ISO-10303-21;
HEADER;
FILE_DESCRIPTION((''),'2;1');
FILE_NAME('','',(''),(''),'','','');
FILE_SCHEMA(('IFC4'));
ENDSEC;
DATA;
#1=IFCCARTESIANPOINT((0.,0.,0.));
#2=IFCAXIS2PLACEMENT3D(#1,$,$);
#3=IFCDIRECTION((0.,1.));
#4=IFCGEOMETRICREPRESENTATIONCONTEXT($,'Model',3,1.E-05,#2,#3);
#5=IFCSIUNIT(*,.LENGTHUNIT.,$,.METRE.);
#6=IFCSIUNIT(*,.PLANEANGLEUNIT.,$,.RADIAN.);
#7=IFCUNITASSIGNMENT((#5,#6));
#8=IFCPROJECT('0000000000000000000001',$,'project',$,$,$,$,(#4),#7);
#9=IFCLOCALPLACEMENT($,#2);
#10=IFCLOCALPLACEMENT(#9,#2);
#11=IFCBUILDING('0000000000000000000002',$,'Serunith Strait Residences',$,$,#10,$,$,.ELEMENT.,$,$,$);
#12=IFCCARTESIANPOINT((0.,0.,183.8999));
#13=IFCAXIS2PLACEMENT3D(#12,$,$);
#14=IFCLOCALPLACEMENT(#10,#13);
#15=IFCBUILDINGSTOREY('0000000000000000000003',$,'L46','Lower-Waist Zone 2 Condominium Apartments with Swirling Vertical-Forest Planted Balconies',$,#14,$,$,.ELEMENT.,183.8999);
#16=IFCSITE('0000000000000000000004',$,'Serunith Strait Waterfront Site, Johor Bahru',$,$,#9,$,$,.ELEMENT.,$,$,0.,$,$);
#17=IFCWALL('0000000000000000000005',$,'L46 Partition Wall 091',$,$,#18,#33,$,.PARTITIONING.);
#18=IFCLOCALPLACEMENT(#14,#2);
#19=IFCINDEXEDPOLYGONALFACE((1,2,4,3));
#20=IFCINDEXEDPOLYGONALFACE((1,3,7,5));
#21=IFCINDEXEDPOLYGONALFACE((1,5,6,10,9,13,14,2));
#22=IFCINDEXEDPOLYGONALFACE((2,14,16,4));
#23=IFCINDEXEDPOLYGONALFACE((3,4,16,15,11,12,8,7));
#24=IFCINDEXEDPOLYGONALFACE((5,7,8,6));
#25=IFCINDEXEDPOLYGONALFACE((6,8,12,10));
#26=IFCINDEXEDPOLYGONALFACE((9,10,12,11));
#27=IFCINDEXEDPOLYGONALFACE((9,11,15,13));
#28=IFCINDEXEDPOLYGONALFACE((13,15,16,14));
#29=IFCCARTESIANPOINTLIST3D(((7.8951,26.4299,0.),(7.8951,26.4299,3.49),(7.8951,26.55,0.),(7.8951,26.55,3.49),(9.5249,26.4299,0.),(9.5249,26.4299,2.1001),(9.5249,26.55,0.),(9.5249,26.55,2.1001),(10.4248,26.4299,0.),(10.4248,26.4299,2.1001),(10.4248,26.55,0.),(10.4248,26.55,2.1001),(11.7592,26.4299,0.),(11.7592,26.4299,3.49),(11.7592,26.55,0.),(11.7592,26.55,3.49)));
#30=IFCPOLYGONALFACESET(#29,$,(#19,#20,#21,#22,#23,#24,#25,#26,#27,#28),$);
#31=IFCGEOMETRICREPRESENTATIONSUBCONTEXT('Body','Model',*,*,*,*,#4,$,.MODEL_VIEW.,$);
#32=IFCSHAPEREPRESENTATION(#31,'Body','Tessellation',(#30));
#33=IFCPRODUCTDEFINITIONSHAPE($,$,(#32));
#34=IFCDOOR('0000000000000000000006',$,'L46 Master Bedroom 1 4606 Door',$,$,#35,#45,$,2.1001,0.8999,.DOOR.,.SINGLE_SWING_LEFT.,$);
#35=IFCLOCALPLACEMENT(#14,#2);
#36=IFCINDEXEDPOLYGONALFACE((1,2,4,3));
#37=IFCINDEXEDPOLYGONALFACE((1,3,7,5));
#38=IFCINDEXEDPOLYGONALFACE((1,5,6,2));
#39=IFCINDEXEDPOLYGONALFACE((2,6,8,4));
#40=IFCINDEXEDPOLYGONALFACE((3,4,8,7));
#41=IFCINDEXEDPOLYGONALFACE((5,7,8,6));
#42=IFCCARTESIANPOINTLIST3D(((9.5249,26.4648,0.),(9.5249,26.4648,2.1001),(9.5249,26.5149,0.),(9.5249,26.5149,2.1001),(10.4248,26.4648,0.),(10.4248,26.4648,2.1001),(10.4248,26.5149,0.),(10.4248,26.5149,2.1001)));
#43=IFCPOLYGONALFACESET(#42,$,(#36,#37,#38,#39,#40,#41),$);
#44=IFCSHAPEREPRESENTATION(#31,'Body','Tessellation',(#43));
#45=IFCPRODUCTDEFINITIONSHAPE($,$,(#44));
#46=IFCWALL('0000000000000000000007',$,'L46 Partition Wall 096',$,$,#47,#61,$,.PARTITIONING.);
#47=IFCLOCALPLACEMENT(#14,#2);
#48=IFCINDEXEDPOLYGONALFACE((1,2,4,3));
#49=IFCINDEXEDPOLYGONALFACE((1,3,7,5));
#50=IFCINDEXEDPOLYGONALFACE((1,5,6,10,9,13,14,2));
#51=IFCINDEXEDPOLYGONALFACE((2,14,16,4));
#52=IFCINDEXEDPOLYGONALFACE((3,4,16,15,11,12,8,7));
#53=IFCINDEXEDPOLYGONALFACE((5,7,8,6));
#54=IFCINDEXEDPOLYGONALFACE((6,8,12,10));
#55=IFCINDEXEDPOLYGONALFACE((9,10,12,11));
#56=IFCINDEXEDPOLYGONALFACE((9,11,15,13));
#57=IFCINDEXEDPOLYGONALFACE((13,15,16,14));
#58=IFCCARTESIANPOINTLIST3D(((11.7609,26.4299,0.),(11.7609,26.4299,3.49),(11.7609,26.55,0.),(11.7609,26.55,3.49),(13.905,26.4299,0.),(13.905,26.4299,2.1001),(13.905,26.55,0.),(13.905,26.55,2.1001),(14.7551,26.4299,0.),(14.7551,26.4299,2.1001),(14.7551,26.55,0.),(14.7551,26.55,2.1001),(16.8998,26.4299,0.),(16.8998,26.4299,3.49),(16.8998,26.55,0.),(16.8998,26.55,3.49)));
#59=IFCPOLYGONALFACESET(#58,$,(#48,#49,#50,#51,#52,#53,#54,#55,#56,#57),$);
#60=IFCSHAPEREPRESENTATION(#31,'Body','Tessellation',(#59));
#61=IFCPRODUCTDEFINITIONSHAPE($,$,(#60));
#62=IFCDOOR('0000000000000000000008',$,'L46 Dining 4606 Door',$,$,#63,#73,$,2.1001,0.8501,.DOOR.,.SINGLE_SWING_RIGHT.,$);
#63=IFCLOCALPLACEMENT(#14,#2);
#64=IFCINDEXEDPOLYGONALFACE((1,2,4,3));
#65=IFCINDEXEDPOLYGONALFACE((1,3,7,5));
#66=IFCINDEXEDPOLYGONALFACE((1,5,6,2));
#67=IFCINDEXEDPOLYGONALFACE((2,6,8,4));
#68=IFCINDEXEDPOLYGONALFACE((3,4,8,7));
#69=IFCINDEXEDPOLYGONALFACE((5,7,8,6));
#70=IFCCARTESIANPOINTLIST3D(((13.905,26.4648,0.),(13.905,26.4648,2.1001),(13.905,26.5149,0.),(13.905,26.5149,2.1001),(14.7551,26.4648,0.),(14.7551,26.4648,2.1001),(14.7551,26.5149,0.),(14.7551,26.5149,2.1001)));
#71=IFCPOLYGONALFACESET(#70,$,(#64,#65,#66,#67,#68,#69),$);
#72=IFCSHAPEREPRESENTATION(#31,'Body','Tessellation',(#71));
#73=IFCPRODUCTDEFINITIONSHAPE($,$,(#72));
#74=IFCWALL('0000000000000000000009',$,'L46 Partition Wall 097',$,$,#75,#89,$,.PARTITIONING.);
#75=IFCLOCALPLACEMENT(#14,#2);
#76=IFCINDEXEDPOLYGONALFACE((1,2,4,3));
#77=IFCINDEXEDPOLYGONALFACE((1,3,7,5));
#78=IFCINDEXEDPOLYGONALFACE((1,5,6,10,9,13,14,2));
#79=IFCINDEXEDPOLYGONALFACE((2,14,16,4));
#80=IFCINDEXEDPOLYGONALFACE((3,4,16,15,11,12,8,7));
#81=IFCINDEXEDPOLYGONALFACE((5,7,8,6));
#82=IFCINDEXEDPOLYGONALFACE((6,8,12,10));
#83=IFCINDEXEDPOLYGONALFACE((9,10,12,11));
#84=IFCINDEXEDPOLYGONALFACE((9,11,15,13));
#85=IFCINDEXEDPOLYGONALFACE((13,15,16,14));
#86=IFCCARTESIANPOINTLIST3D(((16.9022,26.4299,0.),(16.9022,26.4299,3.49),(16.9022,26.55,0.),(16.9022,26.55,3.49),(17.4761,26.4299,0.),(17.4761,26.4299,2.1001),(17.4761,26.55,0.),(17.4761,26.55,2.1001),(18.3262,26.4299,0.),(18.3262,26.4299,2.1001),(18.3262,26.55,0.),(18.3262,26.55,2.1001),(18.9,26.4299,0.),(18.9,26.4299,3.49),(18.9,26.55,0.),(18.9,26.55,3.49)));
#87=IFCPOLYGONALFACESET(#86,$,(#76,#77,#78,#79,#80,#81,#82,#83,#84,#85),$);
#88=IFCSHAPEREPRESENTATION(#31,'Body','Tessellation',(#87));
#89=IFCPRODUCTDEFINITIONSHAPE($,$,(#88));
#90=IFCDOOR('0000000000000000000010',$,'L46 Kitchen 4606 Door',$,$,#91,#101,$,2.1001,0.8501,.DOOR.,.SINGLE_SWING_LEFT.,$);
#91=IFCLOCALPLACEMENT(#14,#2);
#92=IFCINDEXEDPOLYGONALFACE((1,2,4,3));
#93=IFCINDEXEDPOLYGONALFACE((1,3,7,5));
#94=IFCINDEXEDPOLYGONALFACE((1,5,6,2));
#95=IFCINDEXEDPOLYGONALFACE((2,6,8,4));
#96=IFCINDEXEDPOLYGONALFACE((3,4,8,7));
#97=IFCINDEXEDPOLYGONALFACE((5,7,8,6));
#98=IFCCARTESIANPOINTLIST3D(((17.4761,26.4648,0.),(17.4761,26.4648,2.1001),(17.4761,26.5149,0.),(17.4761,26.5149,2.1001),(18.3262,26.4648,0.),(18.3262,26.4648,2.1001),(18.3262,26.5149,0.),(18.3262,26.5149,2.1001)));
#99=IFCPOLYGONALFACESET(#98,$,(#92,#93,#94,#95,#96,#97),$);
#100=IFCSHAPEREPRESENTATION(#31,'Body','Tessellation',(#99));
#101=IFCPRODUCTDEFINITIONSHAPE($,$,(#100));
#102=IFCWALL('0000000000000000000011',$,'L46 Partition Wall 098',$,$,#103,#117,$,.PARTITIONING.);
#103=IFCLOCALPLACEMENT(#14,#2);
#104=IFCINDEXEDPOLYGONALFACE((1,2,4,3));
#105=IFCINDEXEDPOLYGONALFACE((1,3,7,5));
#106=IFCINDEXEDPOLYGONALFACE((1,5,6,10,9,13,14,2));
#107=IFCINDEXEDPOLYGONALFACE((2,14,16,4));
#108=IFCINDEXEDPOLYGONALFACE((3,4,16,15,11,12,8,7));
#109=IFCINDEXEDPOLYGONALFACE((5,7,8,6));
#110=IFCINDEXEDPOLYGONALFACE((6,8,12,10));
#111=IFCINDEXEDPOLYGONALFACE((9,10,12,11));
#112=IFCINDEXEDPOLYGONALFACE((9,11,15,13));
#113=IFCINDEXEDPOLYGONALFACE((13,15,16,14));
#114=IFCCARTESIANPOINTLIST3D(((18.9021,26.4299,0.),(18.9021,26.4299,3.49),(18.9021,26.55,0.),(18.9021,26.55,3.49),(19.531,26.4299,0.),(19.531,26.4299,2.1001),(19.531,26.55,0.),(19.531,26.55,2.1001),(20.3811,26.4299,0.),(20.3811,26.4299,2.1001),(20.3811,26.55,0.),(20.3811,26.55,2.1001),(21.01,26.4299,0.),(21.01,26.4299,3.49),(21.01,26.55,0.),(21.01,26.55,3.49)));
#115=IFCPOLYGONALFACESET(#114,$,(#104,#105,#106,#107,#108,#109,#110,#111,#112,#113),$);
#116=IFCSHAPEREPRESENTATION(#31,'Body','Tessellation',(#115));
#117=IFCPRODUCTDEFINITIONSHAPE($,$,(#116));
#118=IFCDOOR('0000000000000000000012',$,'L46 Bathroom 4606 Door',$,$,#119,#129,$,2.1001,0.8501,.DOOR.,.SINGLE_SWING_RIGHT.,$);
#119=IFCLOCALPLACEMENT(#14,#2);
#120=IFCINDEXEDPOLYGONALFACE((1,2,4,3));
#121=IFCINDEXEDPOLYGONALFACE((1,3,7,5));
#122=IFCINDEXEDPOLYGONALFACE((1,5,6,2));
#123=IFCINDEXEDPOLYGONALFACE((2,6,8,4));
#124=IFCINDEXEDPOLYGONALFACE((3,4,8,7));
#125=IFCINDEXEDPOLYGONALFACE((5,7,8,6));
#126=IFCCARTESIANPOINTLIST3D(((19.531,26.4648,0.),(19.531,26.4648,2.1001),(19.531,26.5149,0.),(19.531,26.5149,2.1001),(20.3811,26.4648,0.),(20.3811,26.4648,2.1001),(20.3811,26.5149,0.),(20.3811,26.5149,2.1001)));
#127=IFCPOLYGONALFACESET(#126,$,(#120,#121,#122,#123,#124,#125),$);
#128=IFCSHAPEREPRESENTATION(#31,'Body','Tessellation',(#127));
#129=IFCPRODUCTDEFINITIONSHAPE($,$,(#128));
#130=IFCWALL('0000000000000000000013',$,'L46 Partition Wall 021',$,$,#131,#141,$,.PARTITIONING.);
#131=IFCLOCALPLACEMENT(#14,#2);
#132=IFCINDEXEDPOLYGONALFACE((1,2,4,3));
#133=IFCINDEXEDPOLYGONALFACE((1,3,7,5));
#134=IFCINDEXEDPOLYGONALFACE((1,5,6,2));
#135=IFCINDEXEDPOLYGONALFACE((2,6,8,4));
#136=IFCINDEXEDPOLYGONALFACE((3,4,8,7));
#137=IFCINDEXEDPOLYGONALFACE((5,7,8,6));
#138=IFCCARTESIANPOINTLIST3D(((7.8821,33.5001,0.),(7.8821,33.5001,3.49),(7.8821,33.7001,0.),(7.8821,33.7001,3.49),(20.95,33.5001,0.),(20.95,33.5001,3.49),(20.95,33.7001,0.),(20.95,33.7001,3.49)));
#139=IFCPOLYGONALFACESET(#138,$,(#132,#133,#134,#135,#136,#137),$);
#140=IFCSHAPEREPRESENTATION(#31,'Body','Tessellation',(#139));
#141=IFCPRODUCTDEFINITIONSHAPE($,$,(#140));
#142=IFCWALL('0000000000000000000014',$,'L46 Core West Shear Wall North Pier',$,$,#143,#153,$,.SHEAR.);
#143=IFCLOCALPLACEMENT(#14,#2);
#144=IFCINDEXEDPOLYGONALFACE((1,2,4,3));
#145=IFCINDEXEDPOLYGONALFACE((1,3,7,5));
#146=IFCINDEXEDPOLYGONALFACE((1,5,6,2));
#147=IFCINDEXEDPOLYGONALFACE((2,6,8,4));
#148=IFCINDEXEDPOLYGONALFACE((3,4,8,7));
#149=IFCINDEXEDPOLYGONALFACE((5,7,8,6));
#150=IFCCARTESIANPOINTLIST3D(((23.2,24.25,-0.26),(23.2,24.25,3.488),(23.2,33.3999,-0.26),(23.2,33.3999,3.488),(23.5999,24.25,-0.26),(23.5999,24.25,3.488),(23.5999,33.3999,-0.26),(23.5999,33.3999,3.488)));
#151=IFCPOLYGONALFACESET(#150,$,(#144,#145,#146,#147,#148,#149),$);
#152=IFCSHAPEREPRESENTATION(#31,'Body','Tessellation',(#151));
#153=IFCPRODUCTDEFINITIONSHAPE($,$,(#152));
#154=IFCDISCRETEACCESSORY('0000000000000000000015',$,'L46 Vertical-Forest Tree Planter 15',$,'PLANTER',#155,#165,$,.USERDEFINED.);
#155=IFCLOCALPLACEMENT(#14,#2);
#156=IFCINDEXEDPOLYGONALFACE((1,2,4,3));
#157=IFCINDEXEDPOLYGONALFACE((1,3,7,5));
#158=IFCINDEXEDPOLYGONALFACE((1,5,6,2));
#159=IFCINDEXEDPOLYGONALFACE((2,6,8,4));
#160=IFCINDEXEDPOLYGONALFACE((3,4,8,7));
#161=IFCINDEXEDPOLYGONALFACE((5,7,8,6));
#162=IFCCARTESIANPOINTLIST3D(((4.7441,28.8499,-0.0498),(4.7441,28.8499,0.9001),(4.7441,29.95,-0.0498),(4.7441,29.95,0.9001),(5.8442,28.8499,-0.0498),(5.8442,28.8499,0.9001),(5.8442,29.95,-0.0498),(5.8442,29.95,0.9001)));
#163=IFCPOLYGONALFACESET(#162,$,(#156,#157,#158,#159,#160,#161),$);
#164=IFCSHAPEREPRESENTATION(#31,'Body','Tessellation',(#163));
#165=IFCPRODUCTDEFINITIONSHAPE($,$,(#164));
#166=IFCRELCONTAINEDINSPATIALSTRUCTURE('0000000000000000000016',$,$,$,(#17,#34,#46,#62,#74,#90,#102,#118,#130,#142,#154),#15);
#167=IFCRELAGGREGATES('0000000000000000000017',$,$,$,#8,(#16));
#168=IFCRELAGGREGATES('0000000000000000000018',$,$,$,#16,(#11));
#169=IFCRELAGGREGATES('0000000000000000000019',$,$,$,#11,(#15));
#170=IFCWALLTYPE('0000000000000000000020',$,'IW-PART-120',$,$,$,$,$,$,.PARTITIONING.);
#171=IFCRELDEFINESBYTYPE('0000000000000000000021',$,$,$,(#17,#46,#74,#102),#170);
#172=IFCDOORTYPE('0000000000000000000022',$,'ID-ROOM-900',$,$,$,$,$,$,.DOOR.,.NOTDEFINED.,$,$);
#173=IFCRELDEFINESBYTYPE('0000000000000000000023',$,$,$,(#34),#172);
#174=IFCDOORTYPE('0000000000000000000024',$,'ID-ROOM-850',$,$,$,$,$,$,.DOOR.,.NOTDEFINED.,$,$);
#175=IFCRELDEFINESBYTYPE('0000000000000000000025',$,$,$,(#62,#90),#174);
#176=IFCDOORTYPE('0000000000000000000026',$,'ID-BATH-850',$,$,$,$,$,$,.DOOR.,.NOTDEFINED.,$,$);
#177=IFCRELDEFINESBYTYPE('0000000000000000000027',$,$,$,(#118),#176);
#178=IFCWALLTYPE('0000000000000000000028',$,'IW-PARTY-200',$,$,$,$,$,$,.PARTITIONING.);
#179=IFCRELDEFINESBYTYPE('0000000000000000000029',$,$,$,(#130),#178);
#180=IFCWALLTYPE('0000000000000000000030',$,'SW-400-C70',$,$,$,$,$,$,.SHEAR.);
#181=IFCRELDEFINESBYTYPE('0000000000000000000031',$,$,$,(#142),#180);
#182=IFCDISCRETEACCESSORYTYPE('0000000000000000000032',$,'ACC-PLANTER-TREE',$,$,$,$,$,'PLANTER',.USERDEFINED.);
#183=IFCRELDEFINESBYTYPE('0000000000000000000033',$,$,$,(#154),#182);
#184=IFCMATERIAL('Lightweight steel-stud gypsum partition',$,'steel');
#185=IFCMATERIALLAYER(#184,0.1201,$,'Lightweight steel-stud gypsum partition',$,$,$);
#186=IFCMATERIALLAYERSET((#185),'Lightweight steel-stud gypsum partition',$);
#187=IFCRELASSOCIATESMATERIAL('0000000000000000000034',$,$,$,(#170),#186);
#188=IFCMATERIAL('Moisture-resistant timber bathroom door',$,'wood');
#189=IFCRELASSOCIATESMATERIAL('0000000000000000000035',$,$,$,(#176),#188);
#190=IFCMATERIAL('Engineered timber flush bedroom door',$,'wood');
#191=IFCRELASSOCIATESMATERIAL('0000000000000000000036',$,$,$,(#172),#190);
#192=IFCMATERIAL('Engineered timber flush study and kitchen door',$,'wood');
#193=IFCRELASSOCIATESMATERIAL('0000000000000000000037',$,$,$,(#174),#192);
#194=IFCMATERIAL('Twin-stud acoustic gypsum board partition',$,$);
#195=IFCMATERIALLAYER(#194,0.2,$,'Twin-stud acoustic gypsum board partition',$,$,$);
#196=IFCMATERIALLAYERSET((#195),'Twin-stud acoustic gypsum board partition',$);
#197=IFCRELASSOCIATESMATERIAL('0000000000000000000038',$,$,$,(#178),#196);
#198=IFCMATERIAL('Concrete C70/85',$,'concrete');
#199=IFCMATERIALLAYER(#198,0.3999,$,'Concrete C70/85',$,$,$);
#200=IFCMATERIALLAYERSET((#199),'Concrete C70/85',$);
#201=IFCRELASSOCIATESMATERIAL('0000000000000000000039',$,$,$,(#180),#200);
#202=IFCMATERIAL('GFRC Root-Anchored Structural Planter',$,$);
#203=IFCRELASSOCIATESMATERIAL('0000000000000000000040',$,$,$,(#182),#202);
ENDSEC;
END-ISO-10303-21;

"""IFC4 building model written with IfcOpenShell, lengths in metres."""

from ifc_helpers import new_model, si_unit, direction, frame, frame_2d, origin, origin_2d, place, context, subcontext, project, spatial, rectangle, extrude, source, transform, mapped, material, layer, layer_set, type_object, element, fill, save


model = new_model("IFC4")

# Units and contexts
model_context = context("Model", 3, precision=1e-05, world=origin(), true_north=direction((0.0, 1.0)))
body_context = subcontext(model_context, "Body", "Model", "MODEL_VIEW")
ifc_project = project(units=[si_unit("LENGTHUNIT", "METRE"), si_unit("PLANEANGLEUNIT", "RADIAN")], contexts=[model_context])

# Site, building, storey
site_placement = place(None, origin())
site = spatial("IfcSite", under=ifc_project, at=site_placement, Name="Serunith Strait Waterfront Site, Johor Bahru", CompositionType="ELEMENT", RefElevation=0.0)
building_placement = place(site_placement, origin())
building = spatial("IfcBuilding", under=site, at=building_placement, Name="Serunith Strait Residences", CompositionType="ELEMENT")
storey_placement = place(building_placement, frame((0.0, 0.0, 183.8999)))
storey = spatial("IfcBuildingStorey", under=building, at=storey_placement, Name="L46", Description="Lower-Waist Zone 2 Condominium Apartments with Swirling Vertical-Forest Planted Balconies", CompositionType="ELEMENT", Elevation=183.8999)

# Walls, openings, doors
ifc_material_1 = material(Name="Lightweight steel-stud gypsum partition", Category="steel")
ifc_layer_1 = layer(ifc_material_1, 0.1201, Name="Lightweight steel-stud gypsum partition")
ifc_layer_set_1 = layer_set([ifc_layer_1], Name="Lightweight steel-stud gypsum partition")
wall_type_1 = type_object("IfcWallType", Name="IW-PART-120", PredefinedType="PARTITIONING", material=ifc_layer_set_1)
ifc_material_2 = material(Name="Moisture-resistant timber bathroom door", Category="wood")
door_type_1 = type_object("IfcDoorType", Name="ID-BATH-850", OperationType="NOTDEFINED", PredefinedType="DOOR", material=ifc_material_2)
shared_shape_1 = source(origin(), body_context, "Body", "SweptSolid", [
    extrude(rectangle(XDim=0.8501, YDim=2.1001, at=frame_2d((0.425, 1.05))), frame((0.0, 0.0249, 0.0), z_axis=(0.0, -1.0, 0.0), x_axis=(1.0, 0.0, 0.0)), (0.0, 0.0, 1.0), 0.05),
])
wall_1_placement = place(storey_placement, frame((7.895, 26.49, 0.0), z_axis=(0.0, 0.0, 1.0), x_axis=(1.0, 0.0, 0.0)))
wall_1 = element("IfcWall", 1, at=wall_1_placement, inside=storey, type_object=wall_type_1, Name="L46 Partition Wall 091", PredefinedType="PARTITIONING", context=body_context, shape_type="SweptSolid", body=[
    extrude(rectangle(XDim=3.864, YDim=0.1201, at=frame_2d((1.9321, 0.0))), origin(), (0.0, 0.0, 1.0), 3.49),
])
opening_1_placement = place(wall_1_placement, frame((1.6299, 0.0, 0.0)))
opening_1 = element("IfcOpeningElement", 2, at=opening_1_placement, cuts=wall_1, PredefinedType="OPENING", context=body_context, shape_type="SweptSolid", body=[
    extrude(rectangle(XDim=0.8999, YDim=2.1001, at=frame_2d((0.45, 1.05))), frame((0.0, 0.0701, 0.0), z_axis=(0.0, -1.0, 0.0), x_axis=(1.0, 0.0, 0.0)), (0.0, 0.0, 1.0), 0.1401),
])
ifc_material_3 = material(Name="Engineered timber flush bedroom door", Category="wood")
door_type_2 = type_object("IfcDoorType", Name="ID-ROOM-900", OperationType="NOTDEFINED", PredefinedType="DOOR", material=ifc_material_3)
shared_shape_2 = source(origin(), body_context, "Body", "SweptSolid", [
    extrude(rectangle(XDim=0.8999, YDim=2.1001, at=frame_2d((0.45, 1.05))), frame((0.0, 0.0249, 0.0), z_axis=(0.0, -1.0, 0.0), x_axis=(1.0, 0.0, 0.0)), (0.0, 0.0, 1.0), 0.05),
])
door_1_placement = place(opening_1_placement, origin())
door_1 = element("IfcDoor", 3, at=door_1_placement, inside=storey, type_object=door_type_2, Name="L46 Master Bedroom 1 4606 Door", OperationType="SINGLE_SWING_LEFT", OverallHeight=2.1001, OverallWidth=0.8999, PredefinedType="DOOR", context=body_context, shape_type="MappedRepresentation", body=[
    mapped(shared_shape_2, transform((0.0, 0.0, 0.0), scale=1.0)),
])
fill(opening_1, door_1)
wall_2_placement = place(storey_placement, frame((11.761, 26.49, 0.0), z_axis=(0.0, 0.0, 1.0), x_axis=(1.0, 0.0, 0.0)))
wall_2 = element("IfcWall", 4, at=wall_2_placement, inside=storey, type_object=wall_type_1, Name="L46 Partition Wall 096", PredefinedType="PARTITIONING", context=body_context, shape_type="SweptSolid", body=[
    extrude(rectangle(XDim=5.1389, YDim=0.1201, at=frame_2d((2.5693, 0.0))), origin(), (0.0, 0.0, 1.0), 3.49),
])
opening_2_placement = place(wall_2_placement, frame((2.144, 0.0, 0.0)))
opening_2 = element("IfcOpeningElement", 5, at=opening_2_placement, cuts=wall_2, PredefinedType="OPENING", context=body_context, shape_type="SweptSolid", body=[
    extrude(rectangle(XDim=0.8501, YDim=2.1001, at=frame_2d((0.425, 1.05))), frame((0.0, 0.0701, 0.0), z_axis=(0.0, -1.0, 0.0), x_axis=(1.0, 0.0, 0.0)), (0.0, 0.0, 1.0), 0.1401),
])
ifc_material_4 = material(Name="Engineered timber flush study and kitchen door", Category="wood")
door_type_3 = type_object("IfcDoorType", Name="ID-ROOM-850", OperationType="NOTDEFINED", PredefinedType="DOOR", material=ifc_material_4)
door_2_placement = place(opening_2_placement, origin())
door_2 = element("IfcDoor", 6, at=door_2_placement, inside=storey, type_object=door_type_3, Name="L46 Dining 4606 Door", OperationType="SINGLE_SWING_RIGHT", OverallHeight=2.1001, OverallWidth=0.8501, PredefinedType="DOOR", context=body_context, shape_type="MappedRepresentation", body=[
    mapped(shared_shape_1, transform((0.0, 0.0, 0.0), scale=1.0)),
])
fill(opening_2, door_2)
wall_3_placement = place(storey_placement, frame((16.9021, 26.49, 0.0), z_axis=(0.0, 0.0, 1.0), x_axis=(1.0, 0.0, 0.0)))
wall_3 = element("IfcWall", 7, at=wall_3_placement, inside=storey, type_object=wall_type_1, Name="L46 Partition Wall 097", PredefinedType="PARTITIONING", context=body_context, shape_type="SweptSolid", body=[
    extrude(rectangle(XDim=1.9978, YDim=0.1201, at=frame_2d((0.999, 0.0))), origin(), (0.0, 0.0, 1.0), 3.49),
])
opening_3_placement = place(wall_3_placement, frame((0.574, 0.0, 0.0)))
opening_3 = element("IfcOpeningElement", 8, at=opening_3_placement, cuts=wall_3, PredefinedType="OPENING", context=body_context, shape_type="SweptSolid", body=[
    extrude(rectangle(XDim=0.8501, YDim=2.1001, at=frame_2d((0.425, 1.05))), frame((0.0, 0.0701, 0.0), z_axis=(0.0, -1.0, 0.0), x_axis=(1.0, 0.0, 0.0)), (0.0, 0.0, 1.0), 0.1401),
])
door_3_placement = place(opening_3_placement, origin())
door_3 = element("IfcDoor", 9, at=door_3_placement, inside=storey, type_object=door_type_3, Name="L46 Kitchen 4606 Door", OperationType="SINGLE_SWING_LEFT", OverallHeight=2.1001, OverallWidth=0.8501, PredefinedType="DOOR", context=body_context, shape_type="MappedRepresentation", body=[
    mapped(shared_shape_1, transform((0.0, 0.0, 0.0), scale=1.0)),
])
fill(opening_3, door_3)
wall_4_placement = place(storey_placement, frame((18.9021, 26.49, 0.0), z_axis=(0.0, 0.0, 1.0), x_axis=(1.0, 0.0, 0.0)))
wall_4 = element("IfcWall", 10, at=wall_4_placement, inside=storey, type_object=wall_type_1, Name="L46 Partition Wall 098", PredefinedType="PARTITIONING", context=body_context, shape_type="SweptSolid", body=[
    extrude(rectangle(XDim=2.1079, YDim=0.1201, at=frame_2d((1.054, 0.0))), origin(), (0.0, 0.0, 1.0), 3.49),
])
opening_4_placement = place(wall_4_placement, frame((0.6289, 0.0, 0.0)))
opening_4 = element("IfcOpeningElement", 11, at=opening_4_placement, cuts=wall_4, PredefinedType="OPENING", context=body_context, shape_type="SweptSolid", body=[
    extrude(rectangle(XDim=0.8501, YDim=2.1001, at=frame_2d((0.425, 1.05))), frame((0.0, 0.0701, 0.0), z_axis=(0.0, -1.0, 0.0), x_axis=(1.0, 0.0, 0.0)), (0.0, 0.0, 1.0), 0.1401),
])
door_4_placement = place(opening_4_placement, origin())
door_4 = element("IfcDoor", 12, at=door_4_placement, inside=storey, type_object=door_type_1, Name="L46 Bathroom 4606 Door", OperationType="SINGLE_SWING_RIGHT", OverallHeight=2.1001, OverallWidth=0.8501, PredefinedType="DOOR", context=body_context, shape_type="MappedRepresentation", body=[
    mapped(shared_shape_1, transform((0.0, 0.0, 0.0), scale=1.0)),
])
fill(opening_4, door_4)

# Wall
ifc_material_5 = material(Name="Twin-stud acoustic gypsum board partition")
ifc_layer_2 = layer(ifc_material_5, 0.2, Name="Twin-stud acoustic gypsum board partition")
ifc_layer_set_2 = layer_set([ifc_layer_2], Name="Twin-stud acoustic gypsum board partition")
wall_type_2 = type_object("IfcWallType", Name="IW-PARTY-200", PredefinedType="PARTITIONING", material=ifc_layer_set_2)
wall_5_placement = place(storey_placement, frame((7.8821, 33.6001, 0.0), z_axis=(0.0, 0.0, 1.0), x_axis=(1.0, 0.0, 0.0)))
element("IfcWall", 13, at=wall_5_placement, inside=storey, type_object=wall_type_2, Name="L46 Partition Wall 021", PredefinedType="PARTITIONING", context=body_context, shape_type="SweptSolid", body=[
    extrude(rectangle(XDim=13.0679, YDim=0.2, at=frame_2d((6.5339, 0.0))), origin(), (0.0, 0.0, 1.0), 3.49),
])

# Wall
ifc_material_6 = material(Name="Concrete C70/85", Category="concrete")
ifc_layer_3 = layer(ifc_material_6, 0.3999, Name="Concrete C70/85")
ifc_layer_set_3 = layer_set([ifc_layer_3], Name="Concrete C70/85")
wall_type_3 = type_object("IfcWallType", Name="SW-400-C70", PredefinedType="SHEAR", material=ifc_layer_set_3)
wall_6_placement = place(storey_placement, frame((23.3999, 24.25, -0.26), z_axis=(0.0, 0.0, 1.0), x_axis=(0.0, 1.0, 0.0)))
element("IfcWall", 14, at=wall_6_placement, inside=storey, type_object=wall_type_3, Name="L46 Core West Shear Wall North Pier", PredefinedType="SHEAR", context=body_context, shape_type="SweptSolid", body=[
    extrude(rectangle(XDim=9.1499, YDim=0.3999, at=frame_2d((4.575, 0.0))), origin(), (0.0, 0.0, 1.0), 3.748),
])

# Discrete accessory
ifc_material_7 = material(Name="GFRC Root-Anchored Structural Planter")
discrete_accessory_type = type_object("IfcDiscreteAccessoryType", Name="ACC-PLANTER-TREE", ElementType="PLANTER", PredefinedType="USERDEFINED", material=ifc_material_7)
shared_shape_3 = source(origin(), body_context, "Body", "SweptSolid", [
    extrude(rectangle(XDim=1.1001, YDim=1.1001, at=origin_2d()), origin(), (0.0, 0.0, 1.0), 0.95),
])
discrete_accessory_placement = place(storey_placement, frame((5.2942, 29.3999, -0.0498), z_axis=(0.0, 0.0, 1.0), x_axis=(0.0, -1.0, 0.0)))
element("IfcDiscreteAccessory", 15, at=discrete_accessory_placement, inside=storey, type_object=discrete_accessory_type, Name="L46 Vertical-Forest Tree Planter 15", ObjectType="PLANTER", PredefinedType="USERDEFINED", context=body_context, shape_type="MappedRepresentation", body=[
    mapped(shared_shape_3, transform((0.0, 0.0, 0.0), scale=1.0)),
])

save(model, "model.ifc")
